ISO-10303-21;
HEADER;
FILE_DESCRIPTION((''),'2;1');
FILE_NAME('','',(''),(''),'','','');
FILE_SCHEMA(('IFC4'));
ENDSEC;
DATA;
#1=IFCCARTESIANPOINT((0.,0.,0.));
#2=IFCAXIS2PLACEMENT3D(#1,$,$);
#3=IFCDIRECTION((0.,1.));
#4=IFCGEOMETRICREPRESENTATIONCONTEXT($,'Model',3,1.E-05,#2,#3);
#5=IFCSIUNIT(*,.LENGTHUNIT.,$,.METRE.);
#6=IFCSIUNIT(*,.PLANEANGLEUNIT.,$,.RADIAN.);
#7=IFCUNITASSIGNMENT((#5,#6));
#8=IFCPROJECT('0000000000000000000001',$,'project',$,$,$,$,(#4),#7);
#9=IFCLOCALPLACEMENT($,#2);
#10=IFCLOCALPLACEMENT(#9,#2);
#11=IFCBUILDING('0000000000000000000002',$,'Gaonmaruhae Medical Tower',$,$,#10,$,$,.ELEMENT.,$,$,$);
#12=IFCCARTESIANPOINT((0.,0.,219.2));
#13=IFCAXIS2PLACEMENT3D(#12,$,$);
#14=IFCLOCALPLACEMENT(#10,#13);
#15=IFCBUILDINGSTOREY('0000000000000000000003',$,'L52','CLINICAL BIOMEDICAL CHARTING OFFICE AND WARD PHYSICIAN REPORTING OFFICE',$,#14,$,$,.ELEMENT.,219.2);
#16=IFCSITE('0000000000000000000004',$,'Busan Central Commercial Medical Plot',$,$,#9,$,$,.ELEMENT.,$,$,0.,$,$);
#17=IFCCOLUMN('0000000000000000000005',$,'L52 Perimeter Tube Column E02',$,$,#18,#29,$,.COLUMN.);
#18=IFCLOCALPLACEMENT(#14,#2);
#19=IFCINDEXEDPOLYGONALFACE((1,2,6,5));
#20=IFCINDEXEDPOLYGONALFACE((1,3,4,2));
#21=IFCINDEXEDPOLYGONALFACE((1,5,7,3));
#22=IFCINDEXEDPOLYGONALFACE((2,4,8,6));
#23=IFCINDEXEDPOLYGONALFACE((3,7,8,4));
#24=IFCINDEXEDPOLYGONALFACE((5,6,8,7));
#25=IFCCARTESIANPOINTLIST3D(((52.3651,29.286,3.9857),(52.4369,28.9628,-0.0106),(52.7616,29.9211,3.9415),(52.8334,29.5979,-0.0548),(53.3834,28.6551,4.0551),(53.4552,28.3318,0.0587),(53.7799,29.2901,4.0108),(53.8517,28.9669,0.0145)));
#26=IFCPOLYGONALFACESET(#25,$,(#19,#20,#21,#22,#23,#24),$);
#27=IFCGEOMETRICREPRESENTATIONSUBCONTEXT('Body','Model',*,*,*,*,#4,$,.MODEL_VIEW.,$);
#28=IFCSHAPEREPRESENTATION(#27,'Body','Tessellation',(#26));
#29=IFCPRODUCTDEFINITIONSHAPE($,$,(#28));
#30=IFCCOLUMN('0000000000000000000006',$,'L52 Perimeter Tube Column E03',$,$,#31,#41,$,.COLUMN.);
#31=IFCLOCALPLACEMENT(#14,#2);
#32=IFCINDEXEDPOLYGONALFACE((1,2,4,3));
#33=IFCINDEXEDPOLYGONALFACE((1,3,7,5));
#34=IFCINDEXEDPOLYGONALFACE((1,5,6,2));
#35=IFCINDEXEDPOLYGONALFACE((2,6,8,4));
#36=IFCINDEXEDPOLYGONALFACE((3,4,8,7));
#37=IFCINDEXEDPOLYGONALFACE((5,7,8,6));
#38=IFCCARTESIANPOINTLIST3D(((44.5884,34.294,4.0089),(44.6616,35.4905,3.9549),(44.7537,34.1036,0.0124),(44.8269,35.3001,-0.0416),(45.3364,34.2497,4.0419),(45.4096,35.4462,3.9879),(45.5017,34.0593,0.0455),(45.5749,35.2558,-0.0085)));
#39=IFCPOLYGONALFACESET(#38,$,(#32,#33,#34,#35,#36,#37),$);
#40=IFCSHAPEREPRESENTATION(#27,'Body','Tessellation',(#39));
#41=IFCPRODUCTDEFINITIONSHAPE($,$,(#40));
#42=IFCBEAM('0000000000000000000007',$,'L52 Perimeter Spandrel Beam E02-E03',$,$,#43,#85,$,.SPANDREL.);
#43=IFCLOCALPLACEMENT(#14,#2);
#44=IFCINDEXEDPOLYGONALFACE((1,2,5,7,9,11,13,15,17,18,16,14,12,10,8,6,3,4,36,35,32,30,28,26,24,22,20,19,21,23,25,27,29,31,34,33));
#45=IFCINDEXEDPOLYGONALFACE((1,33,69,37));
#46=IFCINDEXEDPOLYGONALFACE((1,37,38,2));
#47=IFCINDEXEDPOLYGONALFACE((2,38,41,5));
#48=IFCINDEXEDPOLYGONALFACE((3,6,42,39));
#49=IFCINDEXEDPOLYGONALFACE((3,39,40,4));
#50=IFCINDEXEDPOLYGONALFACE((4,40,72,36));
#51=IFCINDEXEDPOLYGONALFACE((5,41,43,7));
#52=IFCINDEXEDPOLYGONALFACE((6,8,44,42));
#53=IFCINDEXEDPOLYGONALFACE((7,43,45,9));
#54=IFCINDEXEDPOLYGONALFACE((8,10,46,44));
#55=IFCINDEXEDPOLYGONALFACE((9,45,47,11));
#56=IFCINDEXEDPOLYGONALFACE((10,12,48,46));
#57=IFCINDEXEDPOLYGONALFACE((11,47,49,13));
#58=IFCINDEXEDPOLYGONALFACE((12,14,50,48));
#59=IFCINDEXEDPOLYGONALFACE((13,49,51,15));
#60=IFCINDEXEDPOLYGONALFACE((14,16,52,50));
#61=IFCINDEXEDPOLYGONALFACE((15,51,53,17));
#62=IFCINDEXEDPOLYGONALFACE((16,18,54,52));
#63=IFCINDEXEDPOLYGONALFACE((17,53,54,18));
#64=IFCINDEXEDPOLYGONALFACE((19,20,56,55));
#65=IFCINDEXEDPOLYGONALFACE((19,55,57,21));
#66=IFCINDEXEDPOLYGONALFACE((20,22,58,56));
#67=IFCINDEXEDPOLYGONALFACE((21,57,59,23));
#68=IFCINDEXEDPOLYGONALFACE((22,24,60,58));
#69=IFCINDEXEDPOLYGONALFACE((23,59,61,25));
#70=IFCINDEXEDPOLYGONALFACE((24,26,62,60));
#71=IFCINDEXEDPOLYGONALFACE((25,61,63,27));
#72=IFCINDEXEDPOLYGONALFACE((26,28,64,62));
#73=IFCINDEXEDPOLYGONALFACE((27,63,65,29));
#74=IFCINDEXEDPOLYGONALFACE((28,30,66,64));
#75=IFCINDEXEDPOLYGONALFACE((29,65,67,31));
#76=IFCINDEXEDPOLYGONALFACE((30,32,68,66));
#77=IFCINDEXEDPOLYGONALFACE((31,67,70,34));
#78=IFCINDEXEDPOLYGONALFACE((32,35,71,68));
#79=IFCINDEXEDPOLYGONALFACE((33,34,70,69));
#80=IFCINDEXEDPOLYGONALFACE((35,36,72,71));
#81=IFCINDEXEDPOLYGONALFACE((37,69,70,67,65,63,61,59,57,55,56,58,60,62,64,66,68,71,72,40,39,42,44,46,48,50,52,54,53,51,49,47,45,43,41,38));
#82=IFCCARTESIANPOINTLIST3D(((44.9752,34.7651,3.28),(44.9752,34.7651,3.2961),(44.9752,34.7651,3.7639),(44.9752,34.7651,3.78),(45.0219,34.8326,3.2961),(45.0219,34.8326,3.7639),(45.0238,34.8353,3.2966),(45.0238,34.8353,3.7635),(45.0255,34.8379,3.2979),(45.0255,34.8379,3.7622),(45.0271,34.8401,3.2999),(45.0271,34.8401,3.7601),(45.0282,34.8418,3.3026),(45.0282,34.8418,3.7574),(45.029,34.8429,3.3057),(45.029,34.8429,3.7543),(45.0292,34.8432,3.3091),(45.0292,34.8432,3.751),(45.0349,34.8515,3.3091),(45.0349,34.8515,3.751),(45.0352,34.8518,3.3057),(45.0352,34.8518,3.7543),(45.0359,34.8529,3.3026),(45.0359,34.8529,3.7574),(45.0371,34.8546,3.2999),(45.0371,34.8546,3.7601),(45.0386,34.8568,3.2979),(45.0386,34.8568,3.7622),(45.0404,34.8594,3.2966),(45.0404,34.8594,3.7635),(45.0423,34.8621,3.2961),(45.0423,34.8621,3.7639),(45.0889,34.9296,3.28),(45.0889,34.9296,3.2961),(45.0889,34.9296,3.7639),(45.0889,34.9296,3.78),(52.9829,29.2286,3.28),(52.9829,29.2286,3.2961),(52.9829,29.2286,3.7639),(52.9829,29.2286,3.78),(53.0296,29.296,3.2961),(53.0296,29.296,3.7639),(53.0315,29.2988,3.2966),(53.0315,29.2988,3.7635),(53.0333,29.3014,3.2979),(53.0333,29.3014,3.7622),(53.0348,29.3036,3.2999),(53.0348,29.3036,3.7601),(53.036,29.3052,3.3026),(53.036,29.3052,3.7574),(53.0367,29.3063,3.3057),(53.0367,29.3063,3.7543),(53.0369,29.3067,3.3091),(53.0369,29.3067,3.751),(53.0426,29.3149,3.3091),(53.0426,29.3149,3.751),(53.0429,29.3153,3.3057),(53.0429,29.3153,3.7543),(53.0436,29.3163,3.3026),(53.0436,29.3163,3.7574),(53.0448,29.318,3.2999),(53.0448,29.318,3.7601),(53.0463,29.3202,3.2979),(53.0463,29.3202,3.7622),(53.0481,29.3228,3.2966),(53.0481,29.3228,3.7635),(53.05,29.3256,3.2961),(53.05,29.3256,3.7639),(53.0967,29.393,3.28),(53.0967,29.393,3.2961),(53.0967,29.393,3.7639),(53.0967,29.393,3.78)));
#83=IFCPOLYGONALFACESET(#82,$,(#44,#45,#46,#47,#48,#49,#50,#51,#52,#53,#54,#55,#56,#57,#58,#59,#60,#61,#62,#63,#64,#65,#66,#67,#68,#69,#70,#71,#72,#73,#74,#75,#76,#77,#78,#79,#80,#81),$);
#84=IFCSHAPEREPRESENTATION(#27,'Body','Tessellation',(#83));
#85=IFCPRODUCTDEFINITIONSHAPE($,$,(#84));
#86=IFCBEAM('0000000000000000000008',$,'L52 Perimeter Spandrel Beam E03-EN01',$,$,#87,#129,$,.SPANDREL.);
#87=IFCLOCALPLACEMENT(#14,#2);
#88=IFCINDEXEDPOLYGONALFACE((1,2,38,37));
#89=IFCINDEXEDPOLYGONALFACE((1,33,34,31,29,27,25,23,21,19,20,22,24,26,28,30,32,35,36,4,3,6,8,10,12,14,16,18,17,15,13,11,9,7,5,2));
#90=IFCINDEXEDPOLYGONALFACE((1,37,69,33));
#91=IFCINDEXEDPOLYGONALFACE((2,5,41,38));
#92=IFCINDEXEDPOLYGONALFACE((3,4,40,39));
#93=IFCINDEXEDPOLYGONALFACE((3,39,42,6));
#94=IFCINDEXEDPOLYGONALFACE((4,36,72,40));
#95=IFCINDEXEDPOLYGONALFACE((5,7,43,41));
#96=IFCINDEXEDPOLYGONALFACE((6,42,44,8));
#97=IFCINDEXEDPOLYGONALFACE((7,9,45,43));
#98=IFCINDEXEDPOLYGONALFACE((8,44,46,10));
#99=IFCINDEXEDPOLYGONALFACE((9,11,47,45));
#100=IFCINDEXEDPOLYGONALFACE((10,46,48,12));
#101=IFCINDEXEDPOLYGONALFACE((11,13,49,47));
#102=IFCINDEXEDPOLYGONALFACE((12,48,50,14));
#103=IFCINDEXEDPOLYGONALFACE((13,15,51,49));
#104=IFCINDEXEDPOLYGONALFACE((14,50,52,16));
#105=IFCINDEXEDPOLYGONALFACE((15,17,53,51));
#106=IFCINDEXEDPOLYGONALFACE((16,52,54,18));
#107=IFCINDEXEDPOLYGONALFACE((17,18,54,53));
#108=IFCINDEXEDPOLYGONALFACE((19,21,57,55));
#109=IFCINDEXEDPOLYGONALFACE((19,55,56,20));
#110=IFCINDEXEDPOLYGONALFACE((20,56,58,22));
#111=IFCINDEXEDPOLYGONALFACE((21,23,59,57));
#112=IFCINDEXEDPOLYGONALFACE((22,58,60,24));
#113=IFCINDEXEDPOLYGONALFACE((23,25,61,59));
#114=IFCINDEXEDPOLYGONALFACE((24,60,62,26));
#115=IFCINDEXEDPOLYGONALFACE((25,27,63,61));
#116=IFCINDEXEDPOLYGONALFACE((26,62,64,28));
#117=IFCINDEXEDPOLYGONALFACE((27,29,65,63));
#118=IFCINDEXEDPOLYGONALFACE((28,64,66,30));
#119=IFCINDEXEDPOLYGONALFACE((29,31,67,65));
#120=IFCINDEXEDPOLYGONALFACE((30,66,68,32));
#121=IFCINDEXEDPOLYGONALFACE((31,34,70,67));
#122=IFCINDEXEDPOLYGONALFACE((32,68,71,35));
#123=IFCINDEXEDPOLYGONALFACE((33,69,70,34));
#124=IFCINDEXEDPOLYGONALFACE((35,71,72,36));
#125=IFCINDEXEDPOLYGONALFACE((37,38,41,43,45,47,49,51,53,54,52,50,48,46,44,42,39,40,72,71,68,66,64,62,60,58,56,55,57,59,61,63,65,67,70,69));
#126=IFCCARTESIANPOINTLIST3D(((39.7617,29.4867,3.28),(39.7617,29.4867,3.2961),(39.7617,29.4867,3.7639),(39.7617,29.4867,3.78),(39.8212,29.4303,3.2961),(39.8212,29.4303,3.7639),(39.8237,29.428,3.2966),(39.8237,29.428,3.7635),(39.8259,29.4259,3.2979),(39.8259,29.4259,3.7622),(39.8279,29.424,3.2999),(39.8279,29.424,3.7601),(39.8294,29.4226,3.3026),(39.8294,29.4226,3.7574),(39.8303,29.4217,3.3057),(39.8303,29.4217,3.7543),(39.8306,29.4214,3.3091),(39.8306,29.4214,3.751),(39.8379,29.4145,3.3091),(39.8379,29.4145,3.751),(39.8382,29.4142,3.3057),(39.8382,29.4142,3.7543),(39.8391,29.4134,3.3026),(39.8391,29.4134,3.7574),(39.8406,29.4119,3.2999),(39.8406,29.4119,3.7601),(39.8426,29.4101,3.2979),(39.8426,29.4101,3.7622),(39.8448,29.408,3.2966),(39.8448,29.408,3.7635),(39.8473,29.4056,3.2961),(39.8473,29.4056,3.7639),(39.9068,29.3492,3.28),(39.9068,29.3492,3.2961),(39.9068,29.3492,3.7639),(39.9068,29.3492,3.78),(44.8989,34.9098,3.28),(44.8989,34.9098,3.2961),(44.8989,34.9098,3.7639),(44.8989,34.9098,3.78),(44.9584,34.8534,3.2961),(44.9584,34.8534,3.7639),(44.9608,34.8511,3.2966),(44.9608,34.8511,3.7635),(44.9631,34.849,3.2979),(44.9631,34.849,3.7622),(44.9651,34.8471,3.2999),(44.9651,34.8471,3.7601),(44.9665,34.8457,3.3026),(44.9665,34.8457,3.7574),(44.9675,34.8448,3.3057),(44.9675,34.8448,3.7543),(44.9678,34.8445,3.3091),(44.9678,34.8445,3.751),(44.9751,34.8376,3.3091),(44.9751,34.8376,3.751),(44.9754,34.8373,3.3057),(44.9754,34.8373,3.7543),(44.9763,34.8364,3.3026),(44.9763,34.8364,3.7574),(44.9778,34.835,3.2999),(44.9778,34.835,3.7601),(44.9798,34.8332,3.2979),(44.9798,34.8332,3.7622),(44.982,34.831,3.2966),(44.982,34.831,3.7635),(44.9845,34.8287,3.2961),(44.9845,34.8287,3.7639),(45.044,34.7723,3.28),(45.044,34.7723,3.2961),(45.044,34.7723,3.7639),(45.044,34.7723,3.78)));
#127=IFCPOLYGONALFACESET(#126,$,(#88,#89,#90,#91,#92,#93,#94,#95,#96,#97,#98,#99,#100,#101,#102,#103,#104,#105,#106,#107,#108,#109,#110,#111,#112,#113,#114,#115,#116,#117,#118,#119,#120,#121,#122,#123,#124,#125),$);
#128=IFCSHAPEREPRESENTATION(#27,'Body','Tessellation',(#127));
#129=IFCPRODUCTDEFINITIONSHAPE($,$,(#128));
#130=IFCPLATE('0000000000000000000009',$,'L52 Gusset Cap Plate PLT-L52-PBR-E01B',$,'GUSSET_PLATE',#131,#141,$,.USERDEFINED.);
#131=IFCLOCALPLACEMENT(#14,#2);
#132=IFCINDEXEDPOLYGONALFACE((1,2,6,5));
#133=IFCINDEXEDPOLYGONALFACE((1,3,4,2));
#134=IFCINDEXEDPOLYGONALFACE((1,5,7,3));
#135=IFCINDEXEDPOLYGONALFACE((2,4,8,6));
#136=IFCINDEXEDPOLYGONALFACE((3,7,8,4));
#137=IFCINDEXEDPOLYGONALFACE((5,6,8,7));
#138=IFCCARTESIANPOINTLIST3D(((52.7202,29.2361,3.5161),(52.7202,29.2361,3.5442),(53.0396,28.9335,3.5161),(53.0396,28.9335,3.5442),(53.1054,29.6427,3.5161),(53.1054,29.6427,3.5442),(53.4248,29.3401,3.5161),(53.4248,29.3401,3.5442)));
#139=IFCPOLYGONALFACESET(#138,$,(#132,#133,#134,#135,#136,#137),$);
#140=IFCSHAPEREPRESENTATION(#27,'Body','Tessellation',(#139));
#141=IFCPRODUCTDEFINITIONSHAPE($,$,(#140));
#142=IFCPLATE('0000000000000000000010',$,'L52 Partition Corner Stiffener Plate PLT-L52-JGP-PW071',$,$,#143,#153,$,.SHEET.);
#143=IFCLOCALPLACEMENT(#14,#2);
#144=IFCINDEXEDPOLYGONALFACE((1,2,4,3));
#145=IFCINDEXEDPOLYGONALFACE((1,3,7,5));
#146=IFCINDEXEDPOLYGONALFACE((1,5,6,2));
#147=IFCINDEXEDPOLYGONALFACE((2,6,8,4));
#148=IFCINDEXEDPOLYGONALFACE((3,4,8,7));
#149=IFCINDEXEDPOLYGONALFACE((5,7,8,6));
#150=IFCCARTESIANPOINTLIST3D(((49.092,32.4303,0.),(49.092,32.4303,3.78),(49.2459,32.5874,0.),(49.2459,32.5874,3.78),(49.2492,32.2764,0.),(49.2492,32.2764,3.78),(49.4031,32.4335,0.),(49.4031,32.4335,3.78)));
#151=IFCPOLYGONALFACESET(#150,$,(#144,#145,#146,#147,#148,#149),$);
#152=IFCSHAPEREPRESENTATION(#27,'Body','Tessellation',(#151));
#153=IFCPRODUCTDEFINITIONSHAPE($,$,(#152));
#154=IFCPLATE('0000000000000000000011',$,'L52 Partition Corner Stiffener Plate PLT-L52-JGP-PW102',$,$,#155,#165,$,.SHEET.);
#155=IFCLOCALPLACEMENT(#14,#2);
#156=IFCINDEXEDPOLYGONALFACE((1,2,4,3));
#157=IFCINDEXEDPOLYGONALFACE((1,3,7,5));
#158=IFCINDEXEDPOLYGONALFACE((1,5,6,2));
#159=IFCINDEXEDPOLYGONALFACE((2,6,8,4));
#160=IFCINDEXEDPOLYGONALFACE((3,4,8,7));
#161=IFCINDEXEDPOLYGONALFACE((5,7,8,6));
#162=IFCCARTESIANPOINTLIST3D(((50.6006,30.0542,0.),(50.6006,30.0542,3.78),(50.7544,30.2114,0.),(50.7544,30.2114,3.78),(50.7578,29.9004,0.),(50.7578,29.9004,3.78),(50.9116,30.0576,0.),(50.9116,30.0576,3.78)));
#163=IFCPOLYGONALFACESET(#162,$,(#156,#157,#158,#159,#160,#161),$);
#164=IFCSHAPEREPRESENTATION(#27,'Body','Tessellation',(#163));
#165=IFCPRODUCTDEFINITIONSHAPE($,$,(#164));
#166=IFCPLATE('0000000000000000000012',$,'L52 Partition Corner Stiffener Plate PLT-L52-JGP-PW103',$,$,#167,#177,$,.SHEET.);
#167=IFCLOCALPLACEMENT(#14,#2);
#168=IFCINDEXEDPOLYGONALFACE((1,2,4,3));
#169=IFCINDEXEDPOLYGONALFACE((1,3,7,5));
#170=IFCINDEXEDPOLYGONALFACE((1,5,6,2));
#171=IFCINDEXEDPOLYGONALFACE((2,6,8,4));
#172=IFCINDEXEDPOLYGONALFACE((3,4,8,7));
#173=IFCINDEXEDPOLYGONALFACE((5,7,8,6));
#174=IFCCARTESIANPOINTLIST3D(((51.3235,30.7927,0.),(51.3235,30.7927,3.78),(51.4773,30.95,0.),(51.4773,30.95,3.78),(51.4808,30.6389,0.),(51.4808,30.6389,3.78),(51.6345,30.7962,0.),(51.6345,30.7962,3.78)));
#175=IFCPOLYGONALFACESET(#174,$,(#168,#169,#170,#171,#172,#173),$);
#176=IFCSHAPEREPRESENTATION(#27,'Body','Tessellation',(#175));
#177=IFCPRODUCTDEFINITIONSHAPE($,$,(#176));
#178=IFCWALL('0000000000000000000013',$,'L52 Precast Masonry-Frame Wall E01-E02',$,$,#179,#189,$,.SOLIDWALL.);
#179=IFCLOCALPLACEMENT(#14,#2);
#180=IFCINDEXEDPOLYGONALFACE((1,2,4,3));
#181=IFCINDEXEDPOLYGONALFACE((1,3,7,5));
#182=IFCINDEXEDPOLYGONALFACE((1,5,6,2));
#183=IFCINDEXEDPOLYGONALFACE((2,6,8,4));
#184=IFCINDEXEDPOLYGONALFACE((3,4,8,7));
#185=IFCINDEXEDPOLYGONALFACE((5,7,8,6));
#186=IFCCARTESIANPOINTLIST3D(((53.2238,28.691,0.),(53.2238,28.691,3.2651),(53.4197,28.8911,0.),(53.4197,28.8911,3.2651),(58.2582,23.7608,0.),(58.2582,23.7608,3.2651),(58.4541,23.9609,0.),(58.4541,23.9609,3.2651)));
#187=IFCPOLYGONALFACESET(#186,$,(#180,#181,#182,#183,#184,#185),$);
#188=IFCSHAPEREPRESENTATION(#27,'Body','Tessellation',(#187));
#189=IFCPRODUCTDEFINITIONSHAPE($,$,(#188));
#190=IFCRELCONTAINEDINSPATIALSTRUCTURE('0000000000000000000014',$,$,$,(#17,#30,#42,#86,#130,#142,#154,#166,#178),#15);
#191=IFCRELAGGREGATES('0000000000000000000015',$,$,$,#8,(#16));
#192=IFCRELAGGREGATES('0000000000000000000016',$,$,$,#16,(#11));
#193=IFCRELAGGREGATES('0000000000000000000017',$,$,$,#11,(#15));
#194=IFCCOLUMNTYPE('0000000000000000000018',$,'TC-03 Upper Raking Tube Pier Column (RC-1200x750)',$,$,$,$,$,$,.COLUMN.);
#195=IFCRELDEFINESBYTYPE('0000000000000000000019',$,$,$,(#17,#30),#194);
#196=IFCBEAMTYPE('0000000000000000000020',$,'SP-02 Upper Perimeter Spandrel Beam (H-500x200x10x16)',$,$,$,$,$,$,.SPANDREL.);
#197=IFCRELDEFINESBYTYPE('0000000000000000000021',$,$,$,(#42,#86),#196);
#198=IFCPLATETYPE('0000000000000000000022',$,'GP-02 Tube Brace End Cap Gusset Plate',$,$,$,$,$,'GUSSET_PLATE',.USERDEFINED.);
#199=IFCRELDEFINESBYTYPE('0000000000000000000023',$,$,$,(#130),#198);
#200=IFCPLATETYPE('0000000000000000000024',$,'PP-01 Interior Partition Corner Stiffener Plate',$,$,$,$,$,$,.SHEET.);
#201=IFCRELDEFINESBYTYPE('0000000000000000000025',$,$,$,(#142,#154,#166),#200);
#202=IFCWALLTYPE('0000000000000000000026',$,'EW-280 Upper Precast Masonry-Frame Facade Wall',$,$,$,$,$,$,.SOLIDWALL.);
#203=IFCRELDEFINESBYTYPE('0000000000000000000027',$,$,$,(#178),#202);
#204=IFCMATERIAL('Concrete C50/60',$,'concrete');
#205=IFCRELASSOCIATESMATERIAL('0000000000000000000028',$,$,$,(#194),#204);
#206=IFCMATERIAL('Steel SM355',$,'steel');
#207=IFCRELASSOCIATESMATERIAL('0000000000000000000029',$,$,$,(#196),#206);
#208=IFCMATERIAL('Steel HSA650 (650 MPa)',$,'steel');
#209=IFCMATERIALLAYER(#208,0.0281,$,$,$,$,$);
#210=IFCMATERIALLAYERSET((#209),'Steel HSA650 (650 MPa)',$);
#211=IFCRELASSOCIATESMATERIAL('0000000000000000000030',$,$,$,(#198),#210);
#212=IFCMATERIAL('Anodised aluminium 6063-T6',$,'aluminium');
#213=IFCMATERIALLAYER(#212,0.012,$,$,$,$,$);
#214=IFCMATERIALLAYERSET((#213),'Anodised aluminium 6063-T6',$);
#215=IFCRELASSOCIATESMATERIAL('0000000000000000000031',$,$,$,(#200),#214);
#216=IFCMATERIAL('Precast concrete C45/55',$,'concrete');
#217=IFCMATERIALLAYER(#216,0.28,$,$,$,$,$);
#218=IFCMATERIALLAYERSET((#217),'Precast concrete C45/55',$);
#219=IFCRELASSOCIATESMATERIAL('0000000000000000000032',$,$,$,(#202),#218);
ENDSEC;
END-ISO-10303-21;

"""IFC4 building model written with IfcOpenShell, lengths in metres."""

from ifc_helpers import new_model, si_unit, direction, frame, frame_2d, origin, origin_2d, place, context, subcontext, project, spatial, rectangle, i_section, extrude, material, layer, layer_set, material_profile, profile_set, type_object, element, save


model = new_model("IFC4")

# Units and contexts
model_context = context("Model", 3, precision=1e-05, world=origin(), true_north=direction((0.0, 1.0)))
body_context = subcontext(model_context, "Body", "Model", "MODEL_VIEW")
ifc_project = project(units=[si_unit("LENGTHUNIT", "METRE"), si_unit("PLANEANGLEUNIT", "RADIAN")], contexts=[model_context])

# Site, building, storey
site_placement = place(None, origin())
site = spatial("IfcSite", under=ifc_project, at=site_placement, Name="Busan Central Commercial Medical Plot", CompositionType="ELEMENT", RefElevation=0.0)
building_placement = place(site_placement, origin())
building = spatial("IfcBuilding", under=site, at=building_placement, Name="Gaonmaruhae Medical Tower", CompositionType="ELEMENT")
storey_placement = place(building_placement, frame((0.0, 0.0, 219.2)))
storey = spatial("IfcBuildingStorey", under=building, at=storey_placement, Name="L52", Description="CLINICAL BIOMEDICAL CHARTING OFFICE AND WARD PHYSICIAN REPORTING OFFICE", CompositionType="ELEMENT", Elevation=219.2)

# Columns
ifc_material_1 = material(Name="Concrete C50/60", Category="concrete")
ifc_material_profile_1 = material_profile(ifc_material_1, rectangle(XDim=1.2, YDim=0.75, at=origin_2d()), Name="RC-1200x750")
ifc_profile_set_1 = profile_set([ifc_material_profile_1], Name="Concrete C50/60")
column_type = type_object("IfcColumnType", Name="TC-03 Upper Raking Tube Pier Column (RC-1200x750)", PredefinedType="COLUMN", material=ifc_profile_set_1)
column_1_placement = place(storey_placement, frame((53.1443, 28.9648, 0.002), z_axis=(-0.017899, 0.080608, 0.996585), x_axis=(0.848635, -0.525815, 0.057772)))
element("IfcColumn", 1, at=column_1_placement, inside=storey, type_object=column_type, Name="L52 Perimeter Tube Column E02", PredefinedType="COLUMN", context=body_context, shape_type="SweptSolid", body=[
    extrude(rectangle(XDim=1.2, YDim=0.75, at=origin_2d()), origin(), (0.0, 0.0, 1.0), 4.01),
])
column_2_placement = place(storey_placement, frame((45.1643, 34.6797, 0.002), z_axis=(-0.041277, 0.047556, 0.998015), x_axis=(-0.060997, -0.997123, 0.044991)))
element("IfcColumn", 2, at=column_2_placement, inside=storey, type_object=column_type, Name="L52 Perimeter Tube Column E03", PredefinedType="COLUMN", context=body_context, shape_type="SweptSolid", body=[
    extrude(rectangle(XDim=1.2, YDim=0.75, at=origin_2d()), origin(), (0.0, 0.0, 1.0), 4.0044),
])

# Beams
ifc_material_2 = material(Name="Steel SM355", Category="steel")
ifc_material_profile_2 = material_profile(ifc_material_2, i_section(OverallWidth=0.2, OverallDepth=0.5, WebThickness=0.01, FlangeThickness=0.0161, FilletRadius=0.0129, at=origin_2d()), Name="H-500x200x10x16")
ifc_profile_set_2 = profile_set([ifc_material_profile_2], Name="Steel SM355")
beam_type = type_object("IfcBeamType", Name="SP-02 Upper Perimeter Spandrel Beam (H-500x200x10x16)", PredefinedType="SPANDREL", material=ifc_profile_set_2)
beam_1_placement = place(storey_placement, frame((53.0398, 29.3108, 3.53), z_axis=(-0.822541, 0.568707, 0.0), x_axis=(-0.568707, -0.822541, 0.0)))
element("IfcBeam", 3, at=beam_1_placement, inside=storey, type_object=beam_type, Name="L52 Perimeter Spandrel Beam E02-E03", PredefinedType="SPANDREL", context=body_context, shape_type="SweptSolid", body=[
    extrude(i_section(OverallWidth=0.2, OverallDepth=0.5, WebThickness=0.01, FlangeThickness=0.0161, FilletRadius=0.0129, at=origin_2d()), origin(), (0.0, 0.0, 1.0), 9.7354),
])
beam_2_placement = place(storey_placement, frame((44.9714, 34.8411, 3.53), z_axis=(-0.687712, -0.725984, 0.0), x_axis=(0.725984, -0.687712, 0.0)))
element("IfcBeam", 4, at=beam_2_placement, inside=storey, type_object=beam_type, Name="L52 Perimeter Spandrel Beam E03-EN01", PredefinedType="SPANDREL", context=body_context, shape_type="SweptSolid", body=[
    extrude(i_section(OverallWidth=0.2, OverallDepth=0.5, WebThickness=0.01, FlangeThickness=0.0161, FilletRadius=0.0129, at=origin_2d()), origin(), (0.0, 0.0, 1.0), 7.47),
])

# Plates
ifc_material_3 = material(Name="Steel HSA650 (650 MPa)", Category="steel")
ifc_layer_1 = layer(ifc_material_3, 0.0281)
ifc_layer_set_1 = layer_set([ifc_layer_1], Name="Steel HSA650 (650 MPa)")
plate_type_1 = type_object("IfcPlateType", Name="GP-02 Tube Brace End Cap Gusset Plate", ElementType="GUSSET_PLATE", PredefinedType="USERDEFINED", material=ifc_layer_set_1)
plate_placement = place(storey_placement, frame((53.0725, 29.2881, 3.5161), z_axis=(0.0, 0.0, 1.0), x_axis=(0.687721, 0.725975, 0.0)))
element("IfcPlate", 5, at=plate_placement, inside=storey, type_object=plate_type_1, Name="L52 Gusset Cap Plate PLT-L52-PBR-E01B", ObjectType="GUSSET_PLATE", PredefinedType="USERDEFINED", context=body_context, shape_type="SweptSolid", body=[
    extrude(rectangle(XDim=0.5601, YDim=0.4399, at=origin_2d()), origin(), (0.0, 0.0, 1.0), 0.0281),
])
ifc_material_4 = material(Name="Anodised aluminium 6063-T6", Category="aluminium")
ifc_layer_2 = layer(ifc_material_4, 0.012)
ifc_layer_set_2 = layer_set([ifc_layer_2], Name="Anodised aluminium 6063-T6")
plate_type_2 = type_object("IfcPlateType", Name="PP-01 Interior Partition Corner Stiffener Plate", PredefinedType="SHEET", material=ifc_layer_set_2)
for number, where, z_axis, x_axis, name in (
    (6, (49.2476, 32.4319, 0.0), (0.0, 0.0, 1.0), (-0.699676, -0.71446, 0.0), "L52 Partition Corner Stiffener Plate PLT-L52-JGP-PW071"),
    (7, (50.7561, 30.0559, 0.0), (0.0, 0.0, 1.0), (0.699439, 0.714692, 0.0), "L52 Partition Corner Stiffener Plate PLT-L52-JGP-PW102"),
    (8, (51.479, 30.7944, 0.0), (0.0, 0.0, 1.0), (0.699089, 0.715034, 0.0), "L52 Partition Corner Stiffener Plate PLT-L52-JGP-PW103"),
):
    element("IfcPlate", number, at=place(storey_placement, frame(where, z_axis=z_axis, x_axis=x_axis)), inside=storey, type_object=plate_type_2, Name=name, PredefinedType="SHEET", context=body_context, shape_type="SweptSolid", body=[
        extrude(rectangle(XDim=0.22, YDim=0.22, at=origin_2d()), origin(), (0.0, 0.0, 1.0), 3.78),
    ])

# Wall
ifc_material_5 = material(Name="Precast concrete C45/55", Category="concrete")
ifc_layer_3 = layer(ifc_material_5, 0.28)
ifc_layer_set_3 = layer_set([ifc_layer_3], Name="Precast concrete C45/55")
wall_type_1 = type_object("IfcWallType", Name="EW-280 Upper Precast Masonry-Frame Facade Wall", PredefinedType="SOLIDWALL", material=ifc_layer_set_3)
wall_1_placement = place(storey_placement, frame((53.3218, 28.791, 0.0), z_axis=(0.0, 0.0, 1.0), x_axis=(0.714465, -0.699671, 0.0)))
element("IfcWall", 9, at=wall_1_placement, inside=storey, type_object=wall_type_1, Name="L52 Precast Masonry-Frame Wall E01-E02", PredefinedType="SOLIDWALL", context=body_context, shape_type="SweptSolid", body=[
    extrude(rectangle(XDim=7.0464, YDim=0.28, at=frame_2d((3.5232, 0.0))), origin(), (0.0, 0.0, 1.0), 3.2651),
])

save(model, "model.ifc")
